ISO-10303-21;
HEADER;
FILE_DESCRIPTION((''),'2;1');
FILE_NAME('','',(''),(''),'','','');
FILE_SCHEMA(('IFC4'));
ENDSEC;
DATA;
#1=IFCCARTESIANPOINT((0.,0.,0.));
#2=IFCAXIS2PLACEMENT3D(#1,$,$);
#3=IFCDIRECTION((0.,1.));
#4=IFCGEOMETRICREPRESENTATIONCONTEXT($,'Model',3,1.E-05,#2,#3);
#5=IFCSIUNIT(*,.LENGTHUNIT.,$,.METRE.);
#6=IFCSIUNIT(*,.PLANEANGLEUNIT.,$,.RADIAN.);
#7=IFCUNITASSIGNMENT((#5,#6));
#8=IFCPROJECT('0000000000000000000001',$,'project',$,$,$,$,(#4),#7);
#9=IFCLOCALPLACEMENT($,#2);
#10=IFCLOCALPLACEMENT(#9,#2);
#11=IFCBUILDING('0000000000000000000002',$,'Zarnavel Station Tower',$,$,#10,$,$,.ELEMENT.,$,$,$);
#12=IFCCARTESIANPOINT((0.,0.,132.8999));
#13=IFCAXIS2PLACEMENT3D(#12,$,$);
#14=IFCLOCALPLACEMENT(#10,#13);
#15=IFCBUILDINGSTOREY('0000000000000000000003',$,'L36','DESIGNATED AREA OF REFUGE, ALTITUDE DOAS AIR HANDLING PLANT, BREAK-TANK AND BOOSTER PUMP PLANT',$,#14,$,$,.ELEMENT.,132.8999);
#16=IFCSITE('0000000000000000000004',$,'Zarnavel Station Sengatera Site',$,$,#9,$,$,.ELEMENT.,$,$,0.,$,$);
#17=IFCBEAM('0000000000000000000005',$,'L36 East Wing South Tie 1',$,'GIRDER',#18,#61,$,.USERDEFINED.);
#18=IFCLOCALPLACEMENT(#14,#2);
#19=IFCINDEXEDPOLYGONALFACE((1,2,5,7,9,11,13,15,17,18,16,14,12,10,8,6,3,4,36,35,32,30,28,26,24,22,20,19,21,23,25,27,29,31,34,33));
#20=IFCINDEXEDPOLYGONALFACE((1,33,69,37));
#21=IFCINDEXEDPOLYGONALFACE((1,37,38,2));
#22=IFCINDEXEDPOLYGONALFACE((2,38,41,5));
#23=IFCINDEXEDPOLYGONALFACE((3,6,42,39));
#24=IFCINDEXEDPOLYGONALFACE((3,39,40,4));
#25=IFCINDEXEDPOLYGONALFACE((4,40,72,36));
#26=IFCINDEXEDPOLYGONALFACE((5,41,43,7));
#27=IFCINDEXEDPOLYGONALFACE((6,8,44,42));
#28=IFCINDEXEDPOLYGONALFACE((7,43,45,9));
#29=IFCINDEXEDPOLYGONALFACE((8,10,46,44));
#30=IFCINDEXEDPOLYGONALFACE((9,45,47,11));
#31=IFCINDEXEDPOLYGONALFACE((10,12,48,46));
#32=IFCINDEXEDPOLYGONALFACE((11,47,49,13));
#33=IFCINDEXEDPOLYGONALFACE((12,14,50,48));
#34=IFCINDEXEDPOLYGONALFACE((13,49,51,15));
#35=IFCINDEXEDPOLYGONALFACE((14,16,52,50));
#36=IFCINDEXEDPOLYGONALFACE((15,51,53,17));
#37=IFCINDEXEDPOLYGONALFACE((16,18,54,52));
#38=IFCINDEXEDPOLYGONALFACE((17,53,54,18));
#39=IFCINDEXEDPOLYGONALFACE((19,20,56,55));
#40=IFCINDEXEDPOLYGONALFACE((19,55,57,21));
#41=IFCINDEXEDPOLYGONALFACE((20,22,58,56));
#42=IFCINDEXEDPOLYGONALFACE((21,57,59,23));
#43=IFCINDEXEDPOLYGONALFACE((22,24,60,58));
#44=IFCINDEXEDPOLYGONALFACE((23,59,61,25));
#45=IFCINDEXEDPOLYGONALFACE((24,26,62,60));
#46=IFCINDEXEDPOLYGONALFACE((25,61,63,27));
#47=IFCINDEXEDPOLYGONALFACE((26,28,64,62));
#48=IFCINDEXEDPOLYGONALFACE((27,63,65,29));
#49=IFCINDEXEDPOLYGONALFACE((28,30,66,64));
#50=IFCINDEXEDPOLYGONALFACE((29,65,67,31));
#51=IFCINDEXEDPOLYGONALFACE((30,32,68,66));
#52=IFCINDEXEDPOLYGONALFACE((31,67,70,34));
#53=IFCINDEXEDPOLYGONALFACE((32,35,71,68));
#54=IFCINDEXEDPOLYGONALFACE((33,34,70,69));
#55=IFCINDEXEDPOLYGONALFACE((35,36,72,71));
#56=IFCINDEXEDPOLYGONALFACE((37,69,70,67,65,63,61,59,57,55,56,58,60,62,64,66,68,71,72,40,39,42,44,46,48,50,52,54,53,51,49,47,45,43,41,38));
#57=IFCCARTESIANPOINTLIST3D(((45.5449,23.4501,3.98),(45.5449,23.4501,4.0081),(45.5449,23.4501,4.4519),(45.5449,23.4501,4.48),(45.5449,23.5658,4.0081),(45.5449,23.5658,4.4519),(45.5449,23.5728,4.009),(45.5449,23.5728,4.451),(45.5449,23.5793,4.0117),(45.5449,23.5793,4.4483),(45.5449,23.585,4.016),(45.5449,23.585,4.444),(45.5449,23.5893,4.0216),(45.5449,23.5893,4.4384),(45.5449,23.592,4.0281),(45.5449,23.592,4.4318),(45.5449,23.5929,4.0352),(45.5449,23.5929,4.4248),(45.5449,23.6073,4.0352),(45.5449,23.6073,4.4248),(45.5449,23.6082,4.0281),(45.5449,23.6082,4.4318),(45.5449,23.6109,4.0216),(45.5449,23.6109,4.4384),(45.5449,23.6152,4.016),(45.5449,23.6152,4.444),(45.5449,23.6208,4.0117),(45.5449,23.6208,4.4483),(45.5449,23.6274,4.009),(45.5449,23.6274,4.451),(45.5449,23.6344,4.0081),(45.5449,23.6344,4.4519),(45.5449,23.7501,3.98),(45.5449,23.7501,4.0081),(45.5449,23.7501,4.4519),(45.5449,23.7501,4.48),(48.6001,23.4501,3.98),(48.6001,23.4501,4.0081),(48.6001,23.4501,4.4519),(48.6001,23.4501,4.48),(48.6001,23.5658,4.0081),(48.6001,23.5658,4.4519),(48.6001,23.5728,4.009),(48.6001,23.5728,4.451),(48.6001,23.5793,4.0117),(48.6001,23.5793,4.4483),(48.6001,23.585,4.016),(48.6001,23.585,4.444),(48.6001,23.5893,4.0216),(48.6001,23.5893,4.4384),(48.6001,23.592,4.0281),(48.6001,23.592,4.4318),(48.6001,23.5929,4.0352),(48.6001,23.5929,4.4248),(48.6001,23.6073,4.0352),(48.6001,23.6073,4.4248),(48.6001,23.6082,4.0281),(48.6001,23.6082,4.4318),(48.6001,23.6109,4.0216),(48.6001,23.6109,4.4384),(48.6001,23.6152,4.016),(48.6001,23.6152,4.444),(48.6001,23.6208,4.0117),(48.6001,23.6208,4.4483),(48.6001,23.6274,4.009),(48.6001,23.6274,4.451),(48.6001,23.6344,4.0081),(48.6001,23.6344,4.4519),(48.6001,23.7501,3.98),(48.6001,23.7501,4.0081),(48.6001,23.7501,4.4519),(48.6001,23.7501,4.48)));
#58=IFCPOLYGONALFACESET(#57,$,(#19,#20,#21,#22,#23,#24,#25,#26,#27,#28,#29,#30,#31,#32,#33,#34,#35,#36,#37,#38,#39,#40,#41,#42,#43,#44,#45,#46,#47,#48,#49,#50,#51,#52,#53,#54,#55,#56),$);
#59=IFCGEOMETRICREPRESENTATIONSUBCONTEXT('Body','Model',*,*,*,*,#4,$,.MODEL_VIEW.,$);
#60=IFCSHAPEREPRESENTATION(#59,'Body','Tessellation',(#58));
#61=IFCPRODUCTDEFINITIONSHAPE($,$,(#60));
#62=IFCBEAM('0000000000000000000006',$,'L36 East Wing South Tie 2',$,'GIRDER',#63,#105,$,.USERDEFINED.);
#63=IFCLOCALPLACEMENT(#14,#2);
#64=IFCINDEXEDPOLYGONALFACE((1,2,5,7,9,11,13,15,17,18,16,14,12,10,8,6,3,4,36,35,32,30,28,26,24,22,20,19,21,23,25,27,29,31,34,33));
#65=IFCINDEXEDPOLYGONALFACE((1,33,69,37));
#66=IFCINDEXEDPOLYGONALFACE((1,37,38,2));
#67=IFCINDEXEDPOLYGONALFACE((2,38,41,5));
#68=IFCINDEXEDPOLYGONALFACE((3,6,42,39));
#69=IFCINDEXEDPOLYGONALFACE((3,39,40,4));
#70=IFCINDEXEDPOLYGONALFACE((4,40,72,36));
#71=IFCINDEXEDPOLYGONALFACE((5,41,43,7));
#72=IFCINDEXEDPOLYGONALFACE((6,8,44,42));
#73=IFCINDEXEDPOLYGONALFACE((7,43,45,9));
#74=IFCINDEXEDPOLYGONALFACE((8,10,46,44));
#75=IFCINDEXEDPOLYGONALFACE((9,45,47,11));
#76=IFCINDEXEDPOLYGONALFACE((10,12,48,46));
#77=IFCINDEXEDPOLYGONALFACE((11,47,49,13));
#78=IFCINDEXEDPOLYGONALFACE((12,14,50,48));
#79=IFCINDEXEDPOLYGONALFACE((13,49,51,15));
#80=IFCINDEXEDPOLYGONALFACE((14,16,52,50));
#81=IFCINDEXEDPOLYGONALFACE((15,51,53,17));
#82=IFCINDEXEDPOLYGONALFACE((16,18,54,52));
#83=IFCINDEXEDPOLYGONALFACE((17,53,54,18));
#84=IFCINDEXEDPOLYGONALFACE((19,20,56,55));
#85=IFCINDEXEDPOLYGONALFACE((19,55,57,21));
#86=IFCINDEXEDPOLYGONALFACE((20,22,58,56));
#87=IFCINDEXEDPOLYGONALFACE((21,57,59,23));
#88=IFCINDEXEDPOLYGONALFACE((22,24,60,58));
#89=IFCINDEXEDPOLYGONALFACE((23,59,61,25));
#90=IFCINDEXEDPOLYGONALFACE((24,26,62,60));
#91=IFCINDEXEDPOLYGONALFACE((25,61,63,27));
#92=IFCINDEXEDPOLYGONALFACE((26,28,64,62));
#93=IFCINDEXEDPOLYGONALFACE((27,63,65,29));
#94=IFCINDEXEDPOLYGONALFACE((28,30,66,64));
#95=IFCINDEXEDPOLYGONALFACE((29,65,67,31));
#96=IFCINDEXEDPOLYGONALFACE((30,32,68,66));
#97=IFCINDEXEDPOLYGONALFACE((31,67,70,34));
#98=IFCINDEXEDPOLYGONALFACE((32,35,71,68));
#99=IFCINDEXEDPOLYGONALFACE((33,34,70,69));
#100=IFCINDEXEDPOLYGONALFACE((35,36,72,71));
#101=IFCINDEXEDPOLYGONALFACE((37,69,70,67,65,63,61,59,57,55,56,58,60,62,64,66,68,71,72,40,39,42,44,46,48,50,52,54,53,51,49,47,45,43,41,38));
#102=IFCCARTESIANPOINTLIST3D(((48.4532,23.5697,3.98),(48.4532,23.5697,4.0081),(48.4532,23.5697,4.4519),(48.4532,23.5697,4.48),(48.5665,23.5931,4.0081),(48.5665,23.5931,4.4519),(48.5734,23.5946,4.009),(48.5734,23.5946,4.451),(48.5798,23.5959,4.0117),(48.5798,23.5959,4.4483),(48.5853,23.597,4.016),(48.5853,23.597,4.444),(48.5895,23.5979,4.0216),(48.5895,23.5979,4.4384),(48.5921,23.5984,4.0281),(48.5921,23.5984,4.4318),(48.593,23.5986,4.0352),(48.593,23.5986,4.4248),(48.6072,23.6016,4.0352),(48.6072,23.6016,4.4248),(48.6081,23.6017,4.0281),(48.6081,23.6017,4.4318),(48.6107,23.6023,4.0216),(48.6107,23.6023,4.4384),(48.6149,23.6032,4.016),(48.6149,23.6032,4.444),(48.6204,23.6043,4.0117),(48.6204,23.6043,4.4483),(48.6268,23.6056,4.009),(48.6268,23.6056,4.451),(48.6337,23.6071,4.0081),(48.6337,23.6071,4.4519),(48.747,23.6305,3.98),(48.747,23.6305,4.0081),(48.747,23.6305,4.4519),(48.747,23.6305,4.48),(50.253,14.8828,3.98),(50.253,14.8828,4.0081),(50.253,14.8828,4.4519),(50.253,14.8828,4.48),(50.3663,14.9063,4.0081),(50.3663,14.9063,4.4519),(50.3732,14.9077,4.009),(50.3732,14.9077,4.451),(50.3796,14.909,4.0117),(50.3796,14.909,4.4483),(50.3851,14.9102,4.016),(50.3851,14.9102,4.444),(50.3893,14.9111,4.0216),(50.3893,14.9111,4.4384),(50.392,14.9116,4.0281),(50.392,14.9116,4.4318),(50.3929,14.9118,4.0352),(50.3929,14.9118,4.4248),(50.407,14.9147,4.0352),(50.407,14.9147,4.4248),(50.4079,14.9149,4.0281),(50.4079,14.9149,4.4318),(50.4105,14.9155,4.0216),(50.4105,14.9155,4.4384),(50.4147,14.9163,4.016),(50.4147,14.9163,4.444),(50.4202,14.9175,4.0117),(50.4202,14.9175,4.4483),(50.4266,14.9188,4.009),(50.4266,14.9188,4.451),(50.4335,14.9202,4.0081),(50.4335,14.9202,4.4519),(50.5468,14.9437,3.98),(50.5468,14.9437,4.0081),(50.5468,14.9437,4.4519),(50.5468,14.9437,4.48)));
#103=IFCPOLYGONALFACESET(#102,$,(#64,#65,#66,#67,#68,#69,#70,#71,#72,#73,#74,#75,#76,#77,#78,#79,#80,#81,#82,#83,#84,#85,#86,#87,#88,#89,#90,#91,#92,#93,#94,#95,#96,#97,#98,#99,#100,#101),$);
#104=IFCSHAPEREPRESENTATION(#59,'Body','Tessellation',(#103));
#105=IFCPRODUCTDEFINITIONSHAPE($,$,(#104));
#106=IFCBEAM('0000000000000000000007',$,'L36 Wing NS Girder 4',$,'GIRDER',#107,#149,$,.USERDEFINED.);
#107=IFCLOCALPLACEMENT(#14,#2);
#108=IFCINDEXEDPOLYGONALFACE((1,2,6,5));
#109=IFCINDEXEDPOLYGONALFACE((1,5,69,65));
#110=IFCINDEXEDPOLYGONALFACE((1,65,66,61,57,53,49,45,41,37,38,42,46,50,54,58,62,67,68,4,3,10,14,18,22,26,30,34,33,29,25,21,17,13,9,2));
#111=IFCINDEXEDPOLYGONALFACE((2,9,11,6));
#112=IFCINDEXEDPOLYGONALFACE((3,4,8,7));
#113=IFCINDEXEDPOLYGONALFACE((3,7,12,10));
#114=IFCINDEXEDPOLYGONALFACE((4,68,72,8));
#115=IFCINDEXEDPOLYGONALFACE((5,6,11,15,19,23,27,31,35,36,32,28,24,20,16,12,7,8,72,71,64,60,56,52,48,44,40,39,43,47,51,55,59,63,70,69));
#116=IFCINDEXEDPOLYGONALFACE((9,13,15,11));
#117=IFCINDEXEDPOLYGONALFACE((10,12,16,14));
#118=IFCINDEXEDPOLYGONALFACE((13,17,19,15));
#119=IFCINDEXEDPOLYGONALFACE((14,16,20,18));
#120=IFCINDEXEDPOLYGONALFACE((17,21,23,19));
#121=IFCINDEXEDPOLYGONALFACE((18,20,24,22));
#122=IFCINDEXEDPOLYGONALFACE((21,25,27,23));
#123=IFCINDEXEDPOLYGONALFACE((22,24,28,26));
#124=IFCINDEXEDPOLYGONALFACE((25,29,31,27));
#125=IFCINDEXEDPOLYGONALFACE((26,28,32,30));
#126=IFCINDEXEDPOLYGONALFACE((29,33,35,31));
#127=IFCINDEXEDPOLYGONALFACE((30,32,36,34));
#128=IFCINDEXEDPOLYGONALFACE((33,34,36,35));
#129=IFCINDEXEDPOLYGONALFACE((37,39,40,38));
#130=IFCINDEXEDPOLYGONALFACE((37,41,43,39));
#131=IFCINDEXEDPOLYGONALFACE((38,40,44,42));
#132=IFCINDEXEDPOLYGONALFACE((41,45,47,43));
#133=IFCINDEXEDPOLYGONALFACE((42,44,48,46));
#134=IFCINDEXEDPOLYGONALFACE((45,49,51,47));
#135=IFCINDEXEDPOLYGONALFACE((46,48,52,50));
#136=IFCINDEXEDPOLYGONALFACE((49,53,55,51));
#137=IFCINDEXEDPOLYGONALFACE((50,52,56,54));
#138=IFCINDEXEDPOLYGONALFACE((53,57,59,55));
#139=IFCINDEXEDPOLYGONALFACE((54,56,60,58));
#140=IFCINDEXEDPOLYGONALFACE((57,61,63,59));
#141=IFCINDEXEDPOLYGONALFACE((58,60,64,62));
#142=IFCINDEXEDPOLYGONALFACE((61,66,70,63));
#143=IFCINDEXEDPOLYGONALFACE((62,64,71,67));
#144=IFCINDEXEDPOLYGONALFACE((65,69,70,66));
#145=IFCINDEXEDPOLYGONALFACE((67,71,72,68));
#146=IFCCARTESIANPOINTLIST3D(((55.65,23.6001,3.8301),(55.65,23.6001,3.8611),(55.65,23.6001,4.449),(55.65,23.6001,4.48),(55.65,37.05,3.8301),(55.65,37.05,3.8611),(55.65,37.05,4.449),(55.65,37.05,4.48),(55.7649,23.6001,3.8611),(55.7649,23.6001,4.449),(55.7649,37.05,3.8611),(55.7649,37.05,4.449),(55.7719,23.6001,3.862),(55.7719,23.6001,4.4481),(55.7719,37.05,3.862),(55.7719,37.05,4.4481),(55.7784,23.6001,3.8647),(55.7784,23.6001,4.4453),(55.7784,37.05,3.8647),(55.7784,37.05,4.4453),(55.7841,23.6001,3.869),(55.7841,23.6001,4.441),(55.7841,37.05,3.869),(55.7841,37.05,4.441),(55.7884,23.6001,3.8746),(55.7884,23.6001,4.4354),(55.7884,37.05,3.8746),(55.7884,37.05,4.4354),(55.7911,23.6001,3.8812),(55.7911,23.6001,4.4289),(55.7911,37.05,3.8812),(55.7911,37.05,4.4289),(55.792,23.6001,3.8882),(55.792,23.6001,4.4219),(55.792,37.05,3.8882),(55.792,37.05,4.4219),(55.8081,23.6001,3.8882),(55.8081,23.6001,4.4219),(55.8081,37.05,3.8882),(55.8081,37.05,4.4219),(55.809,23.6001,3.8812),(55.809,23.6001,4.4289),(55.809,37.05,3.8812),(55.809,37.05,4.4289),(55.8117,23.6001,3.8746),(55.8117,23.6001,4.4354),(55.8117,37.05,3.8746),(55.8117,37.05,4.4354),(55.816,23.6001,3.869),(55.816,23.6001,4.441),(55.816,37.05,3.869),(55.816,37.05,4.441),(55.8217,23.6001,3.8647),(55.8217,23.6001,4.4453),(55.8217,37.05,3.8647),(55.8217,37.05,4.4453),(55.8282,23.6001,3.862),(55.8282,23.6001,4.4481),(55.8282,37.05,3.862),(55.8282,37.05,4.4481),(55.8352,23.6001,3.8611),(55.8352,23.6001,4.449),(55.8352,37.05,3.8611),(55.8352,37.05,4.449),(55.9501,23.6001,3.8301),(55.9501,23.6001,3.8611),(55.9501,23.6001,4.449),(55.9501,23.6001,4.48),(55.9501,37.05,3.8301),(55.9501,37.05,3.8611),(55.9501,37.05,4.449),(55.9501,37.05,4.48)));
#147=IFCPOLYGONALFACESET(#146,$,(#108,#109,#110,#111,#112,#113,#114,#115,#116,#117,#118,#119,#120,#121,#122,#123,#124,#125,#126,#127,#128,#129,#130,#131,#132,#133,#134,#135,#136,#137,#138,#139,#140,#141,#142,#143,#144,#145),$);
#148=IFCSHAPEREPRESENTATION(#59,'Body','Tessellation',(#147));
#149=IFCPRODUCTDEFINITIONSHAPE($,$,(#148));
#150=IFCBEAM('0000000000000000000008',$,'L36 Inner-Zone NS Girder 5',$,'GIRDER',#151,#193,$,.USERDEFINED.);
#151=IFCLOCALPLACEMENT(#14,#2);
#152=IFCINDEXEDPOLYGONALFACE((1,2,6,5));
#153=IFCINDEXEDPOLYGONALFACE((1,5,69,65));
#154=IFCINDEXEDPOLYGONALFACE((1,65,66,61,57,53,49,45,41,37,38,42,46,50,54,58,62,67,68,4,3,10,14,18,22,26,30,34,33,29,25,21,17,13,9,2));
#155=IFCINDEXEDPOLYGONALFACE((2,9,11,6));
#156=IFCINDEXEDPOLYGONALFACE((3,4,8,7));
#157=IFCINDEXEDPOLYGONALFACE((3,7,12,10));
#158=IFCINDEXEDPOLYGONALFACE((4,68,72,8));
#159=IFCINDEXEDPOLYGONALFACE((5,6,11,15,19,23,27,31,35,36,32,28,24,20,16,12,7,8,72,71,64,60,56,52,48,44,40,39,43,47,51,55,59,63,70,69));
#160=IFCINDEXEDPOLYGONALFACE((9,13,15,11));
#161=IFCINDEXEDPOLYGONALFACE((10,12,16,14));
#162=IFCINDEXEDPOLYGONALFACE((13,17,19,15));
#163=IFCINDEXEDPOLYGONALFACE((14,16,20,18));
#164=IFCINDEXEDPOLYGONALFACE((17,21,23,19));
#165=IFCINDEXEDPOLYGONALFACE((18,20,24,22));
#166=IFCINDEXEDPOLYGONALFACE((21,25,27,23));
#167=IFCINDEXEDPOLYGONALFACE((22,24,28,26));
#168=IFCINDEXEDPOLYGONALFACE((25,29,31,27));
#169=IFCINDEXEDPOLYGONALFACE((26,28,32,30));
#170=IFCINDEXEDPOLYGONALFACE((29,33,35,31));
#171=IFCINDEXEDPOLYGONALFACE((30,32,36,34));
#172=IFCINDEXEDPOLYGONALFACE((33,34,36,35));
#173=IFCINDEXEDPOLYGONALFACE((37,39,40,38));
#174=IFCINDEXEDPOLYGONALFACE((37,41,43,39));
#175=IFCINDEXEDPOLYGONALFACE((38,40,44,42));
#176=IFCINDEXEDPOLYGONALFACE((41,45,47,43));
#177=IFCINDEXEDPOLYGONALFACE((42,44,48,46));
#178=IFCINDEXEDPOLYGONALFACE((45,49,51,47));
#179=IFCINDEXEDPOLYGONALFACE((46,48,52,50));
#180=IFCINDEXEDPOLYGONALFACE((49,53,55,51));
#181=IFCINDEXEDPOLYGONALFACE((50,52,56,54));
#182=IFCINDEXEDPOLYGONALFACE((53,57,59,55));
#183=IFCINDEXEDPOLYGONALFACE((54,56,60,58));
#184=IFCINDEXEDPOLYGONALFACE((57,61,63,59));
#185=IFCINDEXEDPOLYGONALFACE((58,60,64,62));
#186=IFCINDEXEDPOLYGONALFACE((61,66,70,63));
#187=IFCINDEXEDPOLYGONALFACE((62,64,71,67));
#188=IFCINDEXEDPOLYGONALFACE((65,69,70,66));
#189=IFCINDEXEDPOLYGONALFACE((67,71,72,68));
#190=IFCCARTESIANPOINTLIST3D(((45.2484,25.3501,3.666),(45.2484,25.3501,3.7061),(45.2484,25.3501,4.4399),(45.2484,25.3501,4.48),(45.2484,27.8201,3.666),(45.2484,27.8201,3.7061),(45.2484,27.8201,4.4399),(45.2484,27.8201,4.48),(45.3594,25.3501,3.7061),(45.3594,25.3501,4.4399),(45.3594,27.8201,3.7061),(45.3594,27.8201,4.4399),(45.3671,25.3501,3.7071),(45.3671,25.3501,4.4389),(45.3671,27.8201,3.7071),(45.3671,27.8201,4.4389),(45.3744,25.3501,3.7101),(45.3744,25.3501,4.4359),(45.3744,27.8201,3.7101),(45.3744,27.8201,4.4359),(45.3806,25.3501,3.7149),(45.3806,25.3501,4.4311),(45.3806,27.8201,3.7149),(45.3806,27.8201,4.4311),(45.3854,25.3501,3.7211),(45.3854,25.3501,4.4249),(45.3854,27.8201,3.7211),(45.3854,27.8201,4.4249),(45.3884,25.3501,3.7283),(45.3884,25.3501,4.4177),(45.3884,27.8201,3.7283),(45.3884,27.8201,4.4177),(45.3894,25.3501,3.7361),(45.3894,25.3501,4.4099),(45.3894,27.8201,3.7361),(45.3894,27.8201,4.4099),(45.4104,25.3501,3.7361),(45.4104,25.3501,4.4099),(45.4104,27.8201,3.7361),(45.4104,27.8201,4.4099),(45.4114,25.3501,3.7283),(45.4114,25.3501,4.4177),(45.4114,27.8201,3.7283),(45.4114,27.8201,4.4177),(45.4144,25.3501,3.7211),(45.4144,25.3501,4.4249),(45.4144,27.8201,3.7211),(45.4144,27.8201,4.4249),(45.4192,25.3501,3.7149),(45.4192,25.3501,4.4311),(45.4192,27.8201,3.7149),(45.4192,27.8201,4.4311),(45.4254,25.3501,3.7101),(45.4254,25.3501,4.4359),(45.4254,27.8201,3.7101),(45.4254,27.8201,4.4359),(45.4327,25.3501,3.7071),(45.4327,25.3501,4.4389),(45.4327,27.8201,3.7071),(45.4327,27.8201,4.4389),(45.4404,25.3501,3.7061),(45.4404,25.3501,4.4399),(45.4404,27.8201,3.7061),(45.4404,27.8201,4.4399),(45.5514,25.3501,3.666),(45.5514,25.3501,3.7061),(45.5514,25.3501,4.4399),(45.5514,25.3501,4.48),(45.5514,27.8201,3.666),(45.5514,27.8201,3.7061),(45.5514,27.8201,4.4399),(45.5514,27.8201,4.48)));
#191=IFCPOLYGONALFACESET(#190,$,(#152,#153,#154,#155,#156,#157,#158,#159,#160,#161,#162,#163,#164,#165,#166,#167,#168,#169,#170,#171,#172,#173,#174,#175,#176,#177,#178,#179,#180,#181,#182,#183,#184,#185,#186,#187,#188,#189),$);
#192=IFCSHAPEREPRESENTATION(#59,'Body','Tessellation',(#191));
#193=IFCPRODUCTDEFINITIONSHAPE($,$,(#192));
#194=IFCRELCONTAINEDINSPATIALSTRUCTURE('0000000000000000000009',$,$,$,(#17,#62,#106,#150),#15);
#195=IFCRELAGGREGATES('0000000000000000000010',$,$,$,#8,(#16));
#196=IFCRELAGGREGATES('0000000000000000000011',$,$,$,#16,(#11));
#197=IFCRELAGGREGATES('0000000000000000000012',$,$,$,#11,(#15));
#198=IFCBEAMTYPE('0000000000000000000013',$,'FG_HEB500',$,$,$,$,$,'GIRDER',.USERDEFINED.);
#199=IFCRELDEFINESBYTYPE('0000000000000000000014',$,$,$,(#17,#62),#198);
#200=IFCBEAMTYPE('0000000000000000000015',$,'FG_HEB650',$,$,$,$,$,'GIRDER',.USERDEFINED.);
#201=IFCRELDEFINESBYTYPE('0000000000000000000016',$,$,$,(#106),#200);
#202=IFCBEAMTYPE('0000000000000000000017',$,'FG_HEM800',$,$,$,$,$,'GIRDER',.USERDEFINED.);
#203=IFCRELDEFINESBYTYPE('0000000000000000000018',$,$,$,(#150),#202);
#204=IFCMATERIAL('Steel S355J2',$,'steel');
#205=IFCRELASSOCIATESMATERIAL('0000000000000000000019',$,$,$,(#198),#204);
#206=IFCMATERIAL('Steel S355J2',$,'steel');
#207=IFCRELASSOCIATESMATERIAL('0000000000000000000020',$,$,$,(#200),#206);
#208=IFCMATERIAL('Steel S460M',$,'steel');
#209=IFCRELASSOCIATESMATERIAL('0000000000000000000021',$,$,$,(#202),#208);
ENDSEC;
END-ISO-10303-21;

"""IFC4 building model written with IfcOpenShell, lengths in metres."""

from ifc_helpers import new_model, si_unit, direction, frame, origin, origin_2d, place, context, subcontext, project, spatial, i_section, extrude, material, material_profile, profile_set, type_object, element, save


model = new_model("IFC4")

# Units and contexts
model_context = context("Model", 3, precision=1e-05, world=origin(), true_north=direction((0.0, 1.0)))
body_context = subcontext(model_context, "Body", "Model", "MODEL_VIEW")
ifc_project = project(units=[si_unit("LENGTHUNIT", "METRE"), si_unit("PLANEANGLEUNIT", "RADIAN")], contexts=[model_context])

# Site, building, storey
site_placement = place(None, origin())
site = spatial("IfcSite", under=ifc_project, at=site_placement, Name="Zarnavel Station Sengatera Site", CompositionType="ELEMENT", RefElevation=0.0)
building_placement = place(site_placement, origin())
building = spatial("IfcBuilding", under=site, at=building_placement, Name="Zarnavel Station Tower", CompositionType="ELEMENT")
storey_placement = place(building_placement, frame((0.0, 0.0, 132.8999)))
storey = spatial("IfcBuildingStorey", under=building, at=storey_placement, Name="L36", Description="DESIGNATED AREA OF REFUGE, ALTITUDE DOAS AIR HANDLING PLANT, BREAK-TANK AND BOOSTER PUMP PLANT", CompositionType="ELEMENT", Elevation=132.8999)

# Beams
ifc_material_1 = material(Name="Steel S355J2", Category="steel")
ifc_material_profile_1 = material_profile(ifc_material_1, i_section(OverallWidth=0.3, OverallDepth=0.5, WebThickness=0.0144, FlangeThickness=0.0281, FilletRadius=0.0271, at=origin_2d()), Name="HEB500")
ifc_profile_set_1 = profile_set([ifc_material_profile_1], Name="Steel S355J2")
beam_type_1 = type_object("IfcBeamType", Name="FG_HEB500", ElementType="GIRDER", PredefinedType="USERDEFINED", material=ifc_profile_set_1)
beam_1_placement = place(storey_placement, frame((45.5449, 23.6001, 4.23), z_axis=(1.0, 0.0, 0.0), x_axis=(0.0, 1.0, 0.0)))
element("IfcBeam", 1, at=beam_1_placement, inside=storey, type_object=beam_type_1, Name="L36 East Wing South Tie 1", ObjectType="GIRDER", PredefinedType="USERDEFINED", context=body_context, shape_type="SweptSolid", body=[
    extrude(i_section(OverallWidth=0.3, OverallDepth=0.5, WebThickness=0.0144, FlangeThickness=0.0281, FilletRadius=0.0271, at=origin_2d()), origin(), (0.0, 0.0, 1.0), 3.0552),
])
beam_2_placement = place(storey_placement, frame((48.6001, 23.6001, 4.23), z_axis=(0.20288, -0.979204, 0.0), x_axis=(0.979204, 0.20288, 0.0)))
element("IfcBeam", 2, at=beam_2_placement, inside=storey, type_object=beam_type_1, Name="L36 East Wing South Tie 2", ObjectType="GIRDER", PredefinedType="USERDEFINED", context=body_context, shape_type="SweptSolid", body=[
    extrude(i_section(OverallWidth=0.3, OverallDepth=0.5, WebThickness=0.0144, FlangeThickness=0.0281, FilletRadius=0.0271, at=origin_2d()), origin(), (0.0, 0.0, 1.0), 8.8713),
])
ifc_material_2 = material(Name="Steel S355J2", Category="steel")
ifc_material_profile_2 = material_profile(ifc_material_2, i_section(OverallWidth=0.3, OverallDepth=0.6499, WebThickness=0.0161, FlangeThickness=0.031, FilletRadius=0.0271, at=origin_2d()), Name="HEB650")
ifc_profile_set_2 = profile_set([ifc_material_profile_2], Name="Steel S355J2")
beam_type_2 = type_object("IfcBeamType", Name="FG_HEB650", ElementType="GIRDER", PredefinedType="USERDEFINED", material=ifc_profile_set_2)
beam_3_placement = place(storey_placement, frame((55.8, 23.6001, 4.155), z_axis=(0.0, 1.0, 0.0), x_axis=(-1.0, 0.0, 0.0)))
element("IfcBeam", 3, at=beam_3_placement, inside=storey, type_object=beam_type_2, Name="L36 Wing NS Girder 4", ObjectType="GIRDER", PredefinedType="USERDEFINED", context=body_context, shape_type="SweptSolid", body=[
    extrude(i_section(OverallWidth=0.3, OverallDepth=0.6499, WebThickness=0.0161, FlangeThickness=0.031, FilletRadius=0.0271, at=origin_2d()), origin(), (0.0, 0.0, 1.0), 13.45),
])
ifc_material_3 = material(Name="Steel S460M", Category="steel")
ifc_material_profile_3 = material_profile(ifc_material_3, i_section(OverallWidth=0.303, OverallDepth=0.814, WebThickness=0.021, FlangeThickness=0.04, FilletRadius=0.03, at=origin_2d()), Name="HEM800")
ifc_profile_set_3 = profile_set([ifc_material_profile_3], Name="Steel S460M")
beam_type_3 = type_object("IfcBeamType", Name="FG_HEM800", ElementType="GIRDER", PredefinedType="USERDEFINED", material=ifc_profile_set_3)
beam_4_placement = place(storey_placement, frame((45.3999, 25.3501, 4.073), z_axis=(0.0, 1.0, 0.0), x_axis=(-1.0, 0.0, 0.0)))
element("IfcBeam", 4, at=beam_4_placement, inside=storey, type_object=beam_type_3, Name="L36 Inner-Zone NS Girder 5", ObjectType="GIRDER", PredefinedType="USERDEFINED", context=body_context, shape_type="SweptSolid", body=[
    extrude(i_section(OverallWidth=0.303, OverallDepth=0.814, WebThickness=0.021, FlangeThickness=0.04, FilletRadius=0.03, at=origin_2d()), origin(), (0.0, 0.0, 1.0), 2.47),
])

save(model, "model.ifc")
